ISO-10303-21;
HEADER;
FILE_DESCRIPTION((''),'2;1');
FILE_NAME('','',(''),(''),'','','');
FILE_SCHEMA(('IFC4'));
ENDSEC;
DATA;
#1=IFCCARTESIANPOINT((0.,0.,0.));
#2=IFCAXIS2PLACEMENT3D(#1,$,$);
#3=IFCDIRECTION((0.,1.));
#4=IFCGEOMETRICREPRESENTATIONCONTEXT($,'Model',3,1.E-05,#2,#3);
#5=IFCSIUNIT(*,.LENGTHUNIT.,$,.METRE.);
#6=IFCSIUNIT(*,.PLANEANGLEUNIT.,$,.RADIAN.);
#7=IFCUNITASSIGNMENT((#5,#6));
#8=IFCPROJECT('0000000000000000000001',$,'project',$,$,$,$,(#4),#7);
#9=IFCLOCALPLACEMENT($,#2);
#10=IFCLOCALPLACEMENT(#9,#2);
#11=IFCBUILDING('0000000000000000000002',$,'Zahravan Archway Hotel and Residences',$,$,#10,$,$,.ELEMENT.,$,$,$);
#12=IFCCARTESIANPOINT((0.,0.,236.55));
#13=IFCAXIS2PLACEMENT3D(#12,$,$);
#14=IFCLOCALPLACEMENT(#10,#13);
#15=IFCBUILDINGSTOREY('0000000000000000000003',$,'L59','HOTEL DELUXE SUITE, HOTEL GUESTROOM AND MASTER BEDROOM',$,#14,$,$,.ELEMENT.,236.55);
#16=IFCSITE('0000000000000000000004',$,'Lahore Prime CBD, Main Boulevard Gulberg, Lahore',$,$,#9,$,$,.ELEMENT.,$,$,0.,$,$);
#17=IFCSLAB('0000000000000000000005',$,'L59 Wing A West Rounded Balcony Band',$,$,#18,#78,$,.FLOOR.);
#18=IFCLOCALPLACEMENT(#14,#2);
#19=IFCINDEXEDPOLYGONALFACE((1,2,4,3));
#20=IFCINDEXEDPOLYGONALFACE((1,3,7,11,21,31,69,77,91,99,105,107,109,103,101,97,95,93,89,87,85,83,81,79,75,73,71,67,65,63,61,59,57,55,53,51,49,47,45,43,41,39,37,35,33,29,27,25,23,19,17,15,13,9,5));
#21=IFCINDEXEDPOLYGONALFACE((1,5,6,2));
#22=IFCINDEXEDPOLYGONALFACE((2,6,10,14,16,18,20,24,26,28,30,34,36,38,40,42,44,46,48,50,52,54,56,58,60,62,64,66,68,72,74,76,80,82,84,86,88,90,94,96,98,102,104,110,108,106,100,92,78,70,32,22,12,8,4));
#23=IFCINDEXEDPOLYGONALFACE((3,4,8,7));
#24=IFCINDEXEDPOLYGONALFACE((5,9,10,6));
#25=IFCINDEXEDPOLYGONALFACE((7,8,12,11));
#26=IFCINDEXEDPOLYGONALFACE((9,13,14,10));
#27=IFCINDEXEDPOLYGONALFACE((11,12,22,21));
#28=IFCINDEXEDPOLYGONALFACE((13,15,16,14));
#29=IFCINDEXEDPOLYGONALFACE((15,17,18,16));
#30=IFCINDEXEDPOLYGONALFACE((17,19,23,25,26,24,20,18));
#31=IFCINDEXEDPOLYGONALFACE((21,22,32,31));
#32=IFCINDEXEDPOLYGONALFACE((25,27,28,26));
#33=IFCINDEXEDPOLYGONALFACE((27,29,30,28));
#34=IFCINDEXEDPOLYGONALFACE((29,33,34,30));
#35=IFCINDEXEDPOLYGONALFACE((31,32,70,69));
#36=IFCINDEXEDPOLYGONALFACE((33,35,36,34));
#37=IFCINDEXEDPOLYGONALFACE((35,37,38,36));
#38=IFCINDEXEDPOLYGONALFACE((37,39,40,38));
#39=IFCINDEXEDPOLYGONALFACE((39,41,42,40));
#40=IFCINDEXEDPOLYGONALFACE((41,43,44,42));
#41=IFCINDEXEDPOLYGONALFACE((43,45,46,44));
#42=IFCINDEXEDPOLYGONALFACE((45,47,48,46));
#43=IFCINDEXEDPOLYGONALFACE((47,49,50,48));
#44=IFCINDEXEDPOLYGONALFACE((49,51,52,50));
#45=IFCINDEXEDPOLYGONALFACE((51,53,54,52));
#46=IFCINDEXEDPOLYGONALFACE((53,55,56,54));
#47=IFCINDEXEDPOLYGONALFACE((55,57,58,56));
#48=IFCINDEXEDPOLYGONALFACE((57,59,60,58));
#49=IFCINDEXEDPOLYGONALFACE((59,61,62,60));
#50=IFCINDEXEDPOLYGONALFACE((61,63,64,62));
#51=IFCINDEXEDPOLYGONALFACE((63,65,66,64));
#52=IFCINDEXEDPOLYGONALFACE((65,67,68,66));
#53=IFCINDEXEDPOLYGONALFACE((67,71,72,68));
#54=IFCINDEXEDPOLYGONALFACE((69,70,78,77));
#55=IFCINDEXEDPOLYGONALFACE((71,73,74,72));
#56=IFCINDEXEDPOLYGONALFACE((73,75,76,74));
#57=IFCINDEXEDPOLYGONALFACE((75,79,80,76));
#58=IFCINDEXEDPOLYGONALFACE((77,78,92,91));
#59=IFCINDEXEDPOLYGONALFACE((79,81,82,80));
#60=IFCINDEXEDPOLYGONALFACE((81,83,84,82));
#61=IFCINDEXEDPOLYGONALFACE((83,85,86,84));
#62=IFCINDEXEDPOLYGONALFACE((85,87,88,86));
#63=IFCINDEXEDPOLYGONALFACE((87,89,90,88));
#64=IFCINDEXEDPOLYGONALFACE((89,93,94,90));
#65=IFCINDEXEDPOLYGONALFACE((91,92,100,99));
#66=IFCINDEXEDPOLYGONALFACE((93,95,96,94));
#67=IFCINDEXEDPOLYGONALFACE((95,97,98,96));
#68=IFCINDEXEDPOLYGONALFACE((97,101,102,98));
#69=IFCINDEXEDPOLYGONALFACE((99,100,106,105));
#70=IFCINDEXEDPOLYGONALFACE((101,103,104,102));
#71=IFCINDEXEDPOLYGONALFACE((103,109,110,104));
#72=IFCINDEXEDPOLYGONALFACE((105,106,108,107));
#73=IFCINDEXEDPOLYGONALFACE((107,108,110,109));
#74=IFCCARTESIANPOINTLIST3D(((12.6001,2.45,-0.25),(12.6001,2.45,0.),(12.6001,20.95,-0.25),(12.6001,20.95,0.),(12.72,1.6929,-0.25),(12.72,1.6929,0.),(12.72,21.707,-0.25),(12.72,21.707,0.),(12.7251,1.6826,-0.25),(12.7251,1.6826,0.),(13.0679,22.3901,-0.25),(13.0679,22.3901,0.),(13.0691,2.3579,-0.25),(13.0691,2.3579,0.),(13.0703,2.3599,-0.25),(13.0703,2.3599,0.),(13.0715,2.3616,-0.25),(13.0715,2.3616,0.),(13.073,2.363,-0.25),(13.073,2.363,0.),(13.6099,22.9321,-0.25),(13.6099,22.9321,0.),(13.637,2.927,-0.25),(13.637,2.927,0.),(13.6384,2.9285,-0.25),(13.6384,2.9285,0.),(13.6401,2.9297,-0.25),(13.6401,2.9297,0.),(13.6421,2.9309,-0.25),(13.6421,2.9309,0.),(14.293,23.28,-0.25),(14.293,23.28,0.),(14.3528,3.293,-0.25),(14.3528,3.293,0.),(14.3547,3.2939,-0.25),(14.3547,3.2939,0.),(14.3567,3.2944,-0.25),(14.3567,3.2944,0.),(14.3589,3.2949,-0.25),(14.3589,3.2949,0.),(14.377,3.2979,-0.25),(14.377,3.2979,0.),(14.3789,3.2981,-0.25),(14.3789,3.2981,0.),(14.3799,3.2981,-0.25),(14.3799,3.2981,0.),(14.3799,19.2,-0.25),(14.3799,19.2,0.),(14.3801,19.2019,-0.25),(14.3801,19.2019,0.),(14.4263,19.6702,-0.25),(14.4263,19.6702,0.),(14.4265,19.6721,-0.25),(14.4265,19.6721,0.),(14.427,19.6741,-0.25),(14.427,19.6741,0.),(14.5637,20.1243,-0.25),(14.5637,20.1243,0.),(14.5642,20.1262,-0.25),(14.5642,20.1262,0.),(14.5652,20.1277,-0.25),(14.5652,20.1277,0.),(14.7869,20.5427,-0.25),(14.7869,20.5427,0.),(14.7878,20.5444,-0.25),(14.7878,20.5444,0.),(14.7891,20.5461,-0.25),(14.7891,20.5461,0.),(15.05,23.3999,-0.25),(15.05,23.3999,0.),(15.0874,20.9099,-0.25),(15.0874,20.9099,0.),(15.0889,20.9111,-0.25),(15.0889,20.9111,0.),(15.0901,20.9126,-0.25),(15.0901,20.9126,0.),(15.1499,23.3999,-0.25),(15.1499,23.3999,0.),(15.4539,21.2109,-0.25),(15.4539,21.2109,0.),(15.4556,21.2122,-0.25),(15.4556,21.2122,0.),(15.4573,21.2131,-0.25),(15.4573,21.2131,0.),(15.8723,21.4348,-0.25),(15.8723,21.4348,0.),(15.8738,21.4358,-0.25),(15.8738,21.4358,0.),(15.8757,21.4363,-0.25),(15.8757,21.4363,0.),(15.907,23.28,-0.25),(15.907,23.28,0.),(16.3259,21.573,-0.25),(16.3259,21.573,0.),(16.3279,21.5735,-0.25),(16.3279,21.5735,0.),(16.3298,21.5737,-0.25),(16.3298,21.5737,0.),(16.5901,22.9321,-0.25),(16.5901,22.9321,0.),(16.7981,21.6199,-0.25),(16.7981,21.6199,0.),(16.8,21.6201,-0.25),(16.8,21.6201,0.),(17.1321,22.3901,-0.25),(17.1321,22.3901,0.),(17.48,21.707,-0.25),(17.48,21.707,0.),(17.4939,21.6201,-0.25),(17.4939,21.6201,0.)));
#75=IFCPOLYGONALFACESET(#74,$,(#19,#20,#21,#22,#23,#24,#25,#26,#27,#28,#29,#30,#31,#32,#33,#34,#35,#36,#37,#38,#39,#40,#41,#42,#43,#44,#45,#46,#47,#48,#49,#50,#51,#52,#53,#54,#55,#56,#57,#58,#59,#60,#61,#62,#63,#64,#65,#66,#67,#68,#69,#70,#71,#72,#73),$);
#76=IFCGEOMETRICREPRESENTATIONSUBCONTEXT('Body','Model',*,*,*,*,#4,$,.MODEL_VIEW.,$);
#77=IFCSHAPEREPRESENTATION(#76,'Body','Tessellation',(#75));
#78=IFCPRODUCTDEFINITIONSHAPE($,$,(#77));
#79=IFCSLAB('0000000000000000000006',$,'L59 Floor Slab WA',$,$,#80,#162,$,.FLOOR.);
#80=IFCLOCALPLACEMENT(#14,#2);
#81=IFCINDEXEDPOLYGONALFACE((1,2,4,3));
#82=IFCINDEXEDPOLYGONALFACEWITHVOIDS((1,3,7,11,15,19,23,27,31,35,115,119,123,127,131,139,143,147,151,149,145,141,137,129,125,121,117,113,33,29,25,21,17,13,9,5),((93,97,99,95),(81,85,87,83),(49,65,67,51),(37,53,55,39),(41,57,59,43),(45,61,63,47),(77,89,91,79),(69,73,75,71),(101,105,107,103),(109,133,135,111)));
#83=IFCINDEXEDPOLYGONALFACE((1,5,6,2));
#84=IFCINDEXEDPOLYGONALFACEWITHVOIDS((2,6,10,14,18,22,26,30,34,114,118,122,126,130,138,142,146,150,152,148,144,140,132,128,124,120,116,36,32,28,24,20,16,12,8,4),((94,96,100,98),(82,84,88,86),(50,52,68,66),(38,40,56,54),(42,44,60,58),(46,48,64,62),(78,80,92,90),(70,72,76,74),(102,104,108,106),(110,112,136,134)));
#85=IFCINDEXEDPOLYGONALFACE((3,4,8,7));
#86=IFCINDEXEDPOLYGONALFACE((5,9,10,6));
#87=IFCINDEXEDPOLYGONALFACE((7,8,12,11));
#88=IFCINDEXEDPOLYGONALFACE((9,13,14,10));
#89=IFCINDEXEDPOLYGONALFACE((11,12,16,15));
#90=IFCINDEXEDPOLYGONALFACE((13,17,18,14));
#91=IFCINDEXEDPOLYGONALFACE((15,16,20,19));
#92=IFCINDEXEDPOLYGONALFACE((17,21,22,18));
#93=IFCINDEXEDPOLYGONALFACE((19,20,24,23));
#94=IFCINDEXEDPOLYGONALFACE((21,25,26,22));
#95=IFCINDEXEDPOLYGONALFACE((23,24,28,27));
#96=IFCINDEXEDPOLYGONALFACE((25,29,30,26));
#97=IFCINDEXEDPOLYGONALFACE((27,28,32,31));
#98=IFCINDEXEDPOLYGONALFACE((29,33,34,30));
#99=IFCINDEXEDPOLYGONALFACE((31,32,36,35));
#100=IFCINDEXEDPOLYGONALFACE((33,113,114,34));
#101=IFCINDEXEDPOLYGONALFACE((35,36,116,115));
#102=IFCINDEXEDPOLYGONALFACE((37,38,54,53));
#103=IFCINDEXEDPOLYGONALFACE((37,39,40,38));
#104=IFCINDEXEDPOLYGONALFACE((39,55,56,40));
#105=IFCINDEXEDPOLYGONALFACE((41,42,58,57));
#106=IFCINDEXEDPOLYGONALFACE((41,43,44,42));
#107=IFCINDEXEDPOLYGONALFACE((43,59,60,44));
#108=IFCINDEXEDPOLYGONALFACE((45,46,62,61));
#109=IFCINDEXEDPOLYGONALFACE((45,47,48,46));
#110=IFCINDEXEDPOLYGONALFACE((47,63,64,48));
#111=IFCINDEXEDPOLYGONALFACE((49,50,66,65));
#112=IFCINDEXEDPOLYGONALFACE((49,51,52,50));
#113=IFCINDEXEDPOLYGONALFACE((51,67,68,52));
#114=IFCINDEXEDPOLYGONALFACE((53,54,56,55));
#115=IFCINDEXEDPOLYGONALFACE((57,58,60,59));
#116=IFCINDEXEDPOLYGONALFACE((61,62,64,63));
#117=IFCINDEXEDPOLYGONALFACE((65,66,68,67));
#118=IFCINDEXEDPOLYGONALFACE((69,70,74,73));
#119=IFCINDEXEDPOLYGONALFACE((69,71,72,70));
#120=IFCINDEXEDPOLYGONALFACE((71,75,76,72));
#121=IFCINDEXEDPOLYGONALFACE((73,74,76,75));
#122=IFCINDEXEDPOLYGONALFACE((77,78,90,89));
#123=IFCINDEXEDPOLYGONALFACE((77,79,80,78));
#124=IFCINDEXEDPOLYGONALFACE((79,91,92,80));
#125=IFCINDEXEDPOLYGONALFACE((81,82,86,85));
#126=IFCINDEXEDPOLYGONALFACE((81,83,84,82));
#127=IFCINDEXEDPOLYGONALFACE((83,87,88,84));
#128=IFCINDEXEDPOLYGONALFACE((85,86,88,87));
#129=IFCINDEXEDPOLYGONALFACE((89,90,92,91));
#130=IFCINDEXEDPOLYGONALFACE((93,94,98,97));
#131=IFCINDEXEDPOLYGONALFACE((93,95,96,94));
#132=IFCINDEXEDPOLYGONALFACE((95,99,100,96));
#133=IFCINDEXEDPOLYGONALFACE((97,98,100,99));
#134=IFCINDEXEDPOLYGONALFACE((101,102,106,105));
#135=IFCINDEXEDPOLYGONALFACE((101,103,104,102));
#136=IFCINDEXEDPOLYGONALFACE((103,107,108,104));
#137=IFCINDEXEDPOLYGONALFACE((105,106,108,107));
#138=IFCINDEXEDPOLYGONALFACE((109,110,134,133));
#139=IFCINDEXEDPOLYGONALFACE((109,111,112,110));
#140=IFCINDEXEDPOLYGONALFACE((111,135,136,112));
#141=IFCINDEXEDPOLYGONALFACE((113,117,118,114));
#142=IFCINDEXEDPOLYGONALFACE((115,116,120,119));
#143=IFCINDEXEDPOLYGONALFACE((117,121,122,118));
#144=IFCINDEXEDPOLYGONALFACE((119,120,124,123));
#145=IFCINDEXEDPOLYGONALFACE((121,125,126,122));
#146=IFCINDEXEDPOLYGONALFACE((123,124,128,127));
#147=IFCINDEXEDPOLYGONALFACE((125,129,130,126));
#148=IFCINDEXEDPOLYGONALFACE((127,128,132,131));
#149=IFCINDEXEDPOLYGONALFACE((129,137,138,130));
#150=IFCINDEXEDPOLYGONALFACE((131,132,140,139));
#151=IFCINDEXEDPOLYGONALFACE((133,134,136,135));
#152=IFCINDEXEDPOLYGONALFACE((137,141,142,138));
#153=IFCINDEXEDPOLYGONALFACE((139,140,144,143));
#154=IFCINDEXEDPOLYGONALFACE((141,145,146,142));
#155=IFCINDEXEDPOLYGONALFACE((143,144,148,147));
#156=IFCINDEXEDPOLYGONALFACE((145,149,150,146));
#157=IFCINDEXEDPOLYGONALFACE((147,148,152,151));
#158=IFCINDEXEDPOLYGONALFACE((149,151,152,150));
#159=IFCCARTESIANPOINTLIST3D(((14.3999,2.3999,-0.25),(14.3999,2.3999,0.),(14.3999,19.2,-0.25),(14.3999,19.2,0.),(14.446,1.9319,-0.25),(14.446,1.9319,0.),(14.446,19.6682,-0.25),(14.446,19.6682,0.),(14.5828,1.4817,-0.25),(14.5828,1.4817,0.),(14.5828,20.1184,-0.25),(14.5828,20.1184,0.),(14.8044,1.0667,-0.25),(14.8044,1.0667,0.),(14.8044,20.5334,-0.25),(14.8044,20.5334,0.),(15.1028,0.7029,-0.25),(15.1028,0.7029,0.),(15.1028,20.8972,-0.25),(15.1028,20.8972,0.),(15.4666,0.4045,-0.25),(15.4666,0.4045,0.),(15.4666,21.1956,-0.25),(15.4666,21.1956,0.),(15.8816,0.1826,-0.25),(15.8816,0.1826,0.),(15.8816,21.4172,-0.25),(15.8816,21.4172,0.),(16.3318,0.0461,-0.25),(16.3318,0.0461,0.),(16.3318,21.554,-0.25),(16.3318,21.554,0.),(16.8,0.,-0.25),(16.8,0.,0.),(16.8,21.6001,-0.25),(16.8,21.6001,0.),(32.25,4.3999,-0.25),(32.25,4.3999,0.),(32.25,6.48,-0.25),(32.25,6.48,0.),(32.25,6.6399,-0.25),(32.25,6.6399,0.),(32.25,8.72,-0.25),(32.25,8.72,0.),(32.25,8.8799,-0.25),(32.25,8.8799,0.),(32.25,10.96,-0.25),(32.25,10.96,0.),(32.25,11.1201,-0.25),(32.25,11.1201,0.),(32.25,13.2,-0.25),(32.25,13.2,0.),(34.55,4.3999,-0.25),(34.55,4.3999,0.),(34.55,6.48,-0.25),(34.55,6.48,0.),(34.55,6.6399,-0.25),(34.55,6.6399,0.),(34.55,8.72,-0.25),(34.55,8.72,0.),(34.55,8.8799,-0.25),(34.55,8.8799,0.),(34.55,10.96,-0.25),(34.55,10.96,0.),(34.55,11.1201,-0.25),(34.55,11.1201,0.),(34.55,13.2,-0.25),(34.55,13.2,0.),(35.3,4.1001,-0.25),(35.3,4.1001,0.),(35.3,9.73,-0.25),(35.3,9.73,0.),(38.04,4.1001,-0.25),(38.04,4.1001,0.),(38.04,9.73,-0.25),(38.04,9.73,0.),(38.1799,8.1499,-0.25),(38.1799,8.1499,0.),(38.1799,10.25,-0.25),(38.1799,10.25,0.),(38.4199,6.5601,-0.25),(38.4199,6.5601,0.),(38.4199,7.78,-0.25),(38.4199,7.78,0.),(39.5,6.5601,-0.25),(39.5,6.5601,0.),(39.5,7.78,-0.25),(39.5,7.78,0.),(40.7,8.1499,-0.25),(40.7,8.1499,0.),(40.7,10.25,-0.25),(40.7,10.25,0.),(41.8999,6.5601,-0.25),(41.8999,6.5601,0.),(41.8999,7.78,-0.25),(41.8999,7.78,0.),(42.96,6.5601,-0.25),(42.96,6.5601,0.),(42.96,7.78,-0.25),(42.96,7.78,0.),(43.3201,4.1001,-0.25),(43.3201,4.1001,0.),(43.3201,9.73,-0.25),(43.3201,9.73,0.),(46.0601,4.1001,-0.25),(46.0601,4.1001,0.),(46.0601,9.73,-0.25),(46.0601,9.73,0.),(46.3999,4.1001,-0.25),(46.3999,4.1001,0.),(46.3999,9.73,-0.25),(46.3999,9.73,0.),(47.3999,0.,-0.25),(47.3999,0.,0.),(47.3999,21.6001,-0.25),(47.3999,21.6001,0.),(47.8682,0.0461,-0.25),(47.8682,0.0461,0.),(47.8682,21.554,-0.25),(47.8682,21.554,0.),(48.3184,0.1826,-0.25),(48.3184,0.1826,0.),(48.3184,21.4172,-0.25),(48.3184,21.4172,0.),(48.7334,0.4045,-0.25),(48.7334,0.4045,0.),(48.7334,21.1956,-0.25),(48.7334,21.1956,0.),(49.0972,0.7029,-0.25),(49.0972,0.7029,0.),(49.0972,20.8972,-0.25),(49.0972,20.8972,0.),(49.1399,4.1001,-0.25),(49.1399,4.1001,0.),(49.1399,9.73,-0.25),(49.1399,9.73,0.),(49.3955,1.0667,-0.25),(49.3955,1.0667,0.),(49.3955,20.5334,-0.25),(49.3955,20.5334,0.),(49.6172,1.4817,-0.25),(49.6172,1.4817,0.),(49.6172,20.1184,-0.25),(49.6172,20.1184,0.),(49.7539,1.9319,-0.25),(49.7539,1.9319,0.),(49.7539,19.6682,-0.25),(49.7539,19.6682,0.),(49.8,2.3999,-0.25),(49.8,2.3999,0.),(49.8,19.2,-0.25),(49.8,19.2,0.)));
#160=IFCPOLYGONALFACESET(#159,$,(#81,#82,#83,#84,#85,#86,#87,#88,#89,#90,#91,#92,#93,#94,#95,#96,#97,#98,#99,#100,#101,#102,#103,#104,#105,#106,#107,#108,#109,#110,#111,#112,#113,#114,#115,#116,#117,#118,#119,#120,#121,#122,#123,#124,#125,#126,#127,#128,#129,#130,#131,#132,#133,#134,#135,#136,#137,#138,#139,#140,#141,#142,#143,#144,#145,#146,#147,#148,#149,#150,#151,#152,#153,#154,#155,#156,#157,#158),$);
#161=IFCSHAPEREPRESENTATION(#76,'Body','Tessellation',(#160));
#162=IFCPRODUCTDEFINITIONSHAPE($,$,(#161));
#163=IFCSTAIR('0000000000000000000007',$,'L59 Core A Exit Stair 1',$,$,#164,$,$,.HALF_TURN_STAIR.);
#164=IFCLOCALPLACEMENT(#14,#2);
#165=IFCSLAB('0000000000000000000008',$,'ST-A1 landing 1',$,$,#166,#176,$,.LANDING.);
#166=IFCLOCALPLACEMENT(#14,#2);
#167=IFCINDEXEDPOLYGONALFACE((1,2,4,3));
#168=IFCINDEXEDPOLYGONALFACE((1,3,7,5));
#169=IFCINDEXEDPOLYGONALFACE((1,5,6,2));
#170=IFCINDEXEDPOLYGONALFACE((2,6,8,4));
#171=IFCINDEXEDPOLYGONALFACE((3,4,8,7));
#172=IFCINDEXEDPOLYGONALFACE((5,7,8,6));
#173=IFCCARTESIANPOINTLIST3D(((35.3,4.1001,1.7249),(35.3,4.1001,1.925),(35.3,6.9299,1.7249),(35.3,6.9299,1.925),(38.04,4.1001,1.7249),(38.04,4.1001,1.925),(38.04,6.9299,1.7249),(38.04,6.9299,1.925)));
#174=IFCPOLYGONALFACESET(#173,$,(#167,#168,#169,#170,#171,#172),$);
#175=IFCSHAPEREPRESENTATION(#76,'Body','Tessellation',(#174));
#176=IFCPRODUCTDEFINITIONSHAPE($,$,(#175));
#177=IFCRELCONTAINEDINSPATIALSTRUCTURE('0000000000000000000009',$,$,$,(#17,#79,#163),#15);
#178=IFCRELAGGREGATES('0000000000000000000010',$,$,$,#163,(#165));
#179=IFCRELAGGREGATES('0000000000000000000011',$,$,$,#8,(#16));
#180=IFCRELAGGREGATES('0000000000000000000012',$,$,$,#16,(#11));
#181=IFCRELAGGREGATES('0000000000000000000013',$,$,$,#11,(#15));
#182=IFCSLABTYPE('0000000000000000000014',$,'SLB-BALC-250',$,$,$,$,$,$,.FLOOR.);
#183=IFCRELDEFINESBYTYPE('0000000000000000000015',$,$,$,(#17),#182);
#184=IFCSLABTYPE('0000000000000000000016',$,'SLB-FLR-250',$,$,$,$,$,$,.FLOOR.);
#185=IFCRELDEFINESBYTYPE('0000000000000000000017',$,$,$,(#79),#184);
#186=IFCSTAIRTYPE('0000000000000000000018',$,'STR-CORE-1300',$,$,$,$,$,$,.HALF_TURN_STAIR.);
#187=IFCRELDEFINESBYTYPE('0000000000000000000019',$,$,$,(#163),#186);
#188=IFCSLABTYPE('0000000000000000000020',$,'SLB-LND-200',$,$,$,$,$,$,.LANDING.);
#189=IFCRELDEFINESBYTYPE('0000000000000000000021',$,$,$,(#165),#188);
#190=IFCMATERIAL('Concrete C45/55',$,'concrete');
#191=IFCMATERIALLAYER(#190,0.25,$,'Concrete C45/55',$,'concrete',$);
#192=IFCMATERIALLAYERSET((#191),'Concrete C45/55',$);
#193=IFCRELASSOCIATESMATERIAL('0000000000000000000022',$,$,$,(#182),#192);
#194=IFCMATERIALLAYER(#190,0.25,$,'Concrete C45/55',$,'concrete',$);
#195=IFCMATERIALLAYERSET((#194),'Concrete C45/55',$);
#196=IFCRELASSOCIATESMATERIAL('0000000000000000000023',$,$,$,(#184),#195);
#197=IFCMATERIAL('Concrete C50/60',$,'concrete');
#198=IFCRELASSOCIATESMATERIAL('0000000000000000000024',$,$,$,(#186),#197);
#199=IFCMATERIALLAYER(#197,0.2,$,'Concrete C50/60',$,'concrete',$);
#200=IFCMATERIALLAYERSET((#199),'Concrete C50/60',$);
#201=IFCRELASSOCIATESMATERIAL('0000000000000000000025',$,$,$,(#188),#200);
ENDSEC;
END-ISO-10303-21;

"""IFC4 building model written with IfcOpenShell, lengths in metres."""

from ifc_helpers import new_model, si_unit, direction, frame, origin, place, context, subcontext, project, spatial, polyline, outline, extrude, material, layer, layer_set, type_object, element, aggregate, save


model = new_model("IFC4")

# Units and contexts
model_context = context("Model", 3, precision=1e-05, world=origin(), true_north=direction((0.0, 1.0)))
body_context = subcontext(model_context, "Body", "Model", "MODEL_VIEW")
ifc_project = project(units=[si_unit("LENGTHUNIT", "METRE"), si_unit("PLANEANGLEUNIT", "RADIAN")], contexts=[model_context])

# Site, building, storey
site_placement = place(None, origin())
site = spatial("IfcSite", under=ifc_project, at=site_placement, Name="Lahore Prime CBD, Main Boulevard Gulberg, Lahore", CompositionType="ELEMENT", RefElevation=0.0)
building_placement = place(site_placement, origin())
building = spatial("IfcBuilding", under=site, at=building_placement, Name="Zahravan Archway Hotel and Residences", CompositionType="ELEMENT")
storey_placement = place(building_placement, frame((0.0, 0.0, 236.55)))
storey = spatial("IfcBuildingStorey", under=building, at=storey_placement, Name="L59", Description="HOTEL DELUXE SUITE, HOTEL GUESTROOM AND MASTER BEDROOM", CompositionType="ELEMENT", Elevation=236.55)

# Slabs
ifc_material_1 = material(Name="Concrete C45/55", Category="concrete")
ifc_layer_1 = layer(ifc_material_1, 0.25, Name="Concrete C45/55", Category="concrete")
ifc_layer_set_1 = layer_set([ifc_layer_1], Name="Concrete C45/55")
slab_type_1 = type_object("IfcSlabType", Name="SLB-BALC-250", PredefinedType="FLOOR", material=ifc_layer_set_1)
slab_1_placement = place(storey_placement, frame((0.0, 0.0, -0.25)))
element("IfcSlab", 1, at=slab_1_placement, inside=storey, type_object=slab_type_1, Name="L59 Wing A West Rounded Balcony Band", PredefinedType="FLOOR", context=body_context, shape_type="SweptSolid", body=[
    extrude(outline(polyline([(12.72, 1.6929), (12.6001, 2.45), (12.6001, 20.95), (12.72, 21.707), (13.0679, 22.3901), (13.6099, 22.9321), (14.293, 23.28), (15.05, 23.3999), (15.1499, 23.3999), (15.907, 23.28), (16.5901, 22.9321), (17.1321, 22.3901), (17.48, 21.707), (17.4939, 21.6201), (16.8, 21.6201), (16.7981, 21.6199), (16.3298, 21.5737), (16.3279, 21.5735), (16.3259, 21.573), (15.8757, 21.4363), (15.8738, 21.4358), (15.8723, 21.4348), (15.4573, 21.2131), (15.4556, 21.2122), (15.4539, 21.2109), (15.0901, 20.9126), (15.0889, 20.9111), (15.0874, 20.9099), (14.7891, 20.5461), (14.7878, 20.5444), (14.7869, 20.5427), (14.5652, 20.1277), (14.5642, 20.1262), (14.5637, 20.1243), (14.427, 19.6741), (14.4265, 19.6721), (14.4263, 19.6702), (14.3801, 19.2019), (14.3799, 19.2), (14.3799, 3.2981), (14.3789, 3.2981), (14.377, 3.2979), (14.3589, 3.2949), (14.3567, 3.2944), (14.3547, 3.2939), (14.3528, 3.293), (13.6421, 2.9309), (13.6401, 2.9297), (13.6384, 2.9285), (13.637, 2.927), (13.073, 2.363), (13.0715, 2.3616), (13.0703, 2.3599), (13.0691, 2.3579), (12.7251, 1.6826), (12.72, 1.6929)])), origin(), (0.0, 0.0, 1.0), 0.25),
])
ifc_layer_2 = layer(ifc_material_1, 0.25, Name="Concrete C45/55", Category="concrete")
ifc_layer_set_2 = layer_set([ifc_layer_2], Name="Concrete C45/55")
slab_type_2 = type_object("IfcSlabType", Name="SLB-FLR-250", PredefinedType="FLOOR", material=ifc_layer_set_2)
slab_2_placement = place(storey_placement, frame((0.0, 0.0, -0.25)))
element("IfcSlab", 2, at=slab_2_placement, inside=storey, type_object=slab_type_2, Name="L59 Floor Slab WA", PredefinedType="FLOOR", context=body_context, shape_type="SweptSolid", body=[
    extrude(outline(polyline([(47.3999, 0.0), (47.8682, 0.0461), (48.3184, 0.1826), (48.7334, 0.4045), (49.0972, 0.7029), (49.3955, 1.0667), (49.6172, 1.4817), (49.7539, 1.9319), (49.8, 2.3999), (49.8, 19.2), (49.7539, 19.6682), (49.6172, 20.1184), (49.3955, 20.5334), (49.0972, 20.8972), (48.7334, 21.1956), (48.3184, 21.4172), (47.8682, 21.554), (47.3999, 21.6001), (16.8, 21.6001), (16.3318, 21.554), (15.8816, 21.4172), (15.4666, 21.1956), (15.1028, 20.8972), (14.8044, 20.5334), (14.5828, 20.1184), (14.446, 19.6682), (14.3999, 19.2), (14.3999, 2.3999), (14.446, 1.9319), (14.5828, 1.4817), (14.8044, 1.0667), (15.1028, 0.7029), (15.4666, 0.4045), (15.8816, 0.1826), (16.3318, 0.0461), (16.8, 0.0), (47.3999, 0.0)]), holes=[polyline([(35.3, 9.73), (35.3, 4.1001), (38.04, 4.1001), (38.04, 9.73), (35.3, 9.73)]), polyline([(43.3201, 9.73), (43.3201, 4.1001), (46.0601, 4.1001), (46.0601, 9.73), (43.3201, 9.73)]), polyline([(46.3999, 9.73), (46.3999, 4.1001), (49.1399, 4.1001), (49.1399, 9.73), (46.3999, 9.73)]), polyline([(38.1799, 8.1499), (40.7, 8.1499), (40.7, 10.25), (38.1799, 10.25), (38.1799, 8.1499)]), polyline([(32.25, 4.3999), (34.55, 4.3999), (34.55, 6.48), (32.25, 6.48), (32.25, 4.3999)]), polyline([(32.25, 6.6399), (34.55, 6.6399), (34.55, 8.72), (32.25, 8.72), (32.25, 6.6399)]), polyline([(32.25, 8.8799), (34.55, 8.8799), (34.55, 10.96), (32.25, 10.96), (32.25, 8.8799)]), polyline([(32.25, 11.1201), (34.55, 11.1201), (34.55, 13.2), (32.25, 13.2), (32.25, 11.1201)]), polyline([(38.4199, 6.5601), (39.5, 6.5601), (39.5, 7.78), (38.4199, 7.78), (38.4199, 6.5601)]), polyline([(41.8999, 6.5601), (42.96, 6.5601), (42.96, 7.78), (41.8999, 7.78), (41.8999, 6.5601)])]), origin(), (0.0, 0.0, 1.0), 0.25),
])

# Stair, slab
ifc_material_2 = material(Name="Concrete C50/60", Category="concrete")
stair_type = type_object("IfcStairType", Name="STR-CORE-1300", PredefinedType="HALF_TURN_STAIR", material=ifc_material_2)
stair_1_placement = place(storey_placement, origin())
stair_1 = element("IfcStair", 3, at=stair_1_placement, inside=storey, type_object=stair_type, Name="L59 Core A Exit Stair 1", PredefinedType="HALF_TURN_STAIR")
ifc_layer_3 = layer(ifc_material_2, 0.2, Name="Concrete C50/60", Category="concrete")
ifc_layer_set_3 = layer_set([ifc_layer_3], Name="Concrete C50/60")
slab_type_3 = type_object("IfcSlabType", Name="SLB-LND-200", PredefinedType="LANDING", material=ifc_layer_set_3)
slab_3_placement = place(storey_placement, frame((0.0, 0.0, 1.7249)))
slab_3 = element("IfcSlab", 4, at=slab_3_placement, type_object=slab_type_3, Name="ST-A1 landing 1", PredefinedType="LANDING", context=body_context, shape_type="SweptSolid", body=[
    extrude(outline(polyline([(35.3, 6.9299), (35.3, 4.1001), (38.04, 4.1001), (38.04, 6.9299), (35.3, 6.9299)])), origin(), (0.0, 0.0, 1.0), 0.2002),
])
aggregate(stair_1, [slab_3])

save(model, "model.ifc")
